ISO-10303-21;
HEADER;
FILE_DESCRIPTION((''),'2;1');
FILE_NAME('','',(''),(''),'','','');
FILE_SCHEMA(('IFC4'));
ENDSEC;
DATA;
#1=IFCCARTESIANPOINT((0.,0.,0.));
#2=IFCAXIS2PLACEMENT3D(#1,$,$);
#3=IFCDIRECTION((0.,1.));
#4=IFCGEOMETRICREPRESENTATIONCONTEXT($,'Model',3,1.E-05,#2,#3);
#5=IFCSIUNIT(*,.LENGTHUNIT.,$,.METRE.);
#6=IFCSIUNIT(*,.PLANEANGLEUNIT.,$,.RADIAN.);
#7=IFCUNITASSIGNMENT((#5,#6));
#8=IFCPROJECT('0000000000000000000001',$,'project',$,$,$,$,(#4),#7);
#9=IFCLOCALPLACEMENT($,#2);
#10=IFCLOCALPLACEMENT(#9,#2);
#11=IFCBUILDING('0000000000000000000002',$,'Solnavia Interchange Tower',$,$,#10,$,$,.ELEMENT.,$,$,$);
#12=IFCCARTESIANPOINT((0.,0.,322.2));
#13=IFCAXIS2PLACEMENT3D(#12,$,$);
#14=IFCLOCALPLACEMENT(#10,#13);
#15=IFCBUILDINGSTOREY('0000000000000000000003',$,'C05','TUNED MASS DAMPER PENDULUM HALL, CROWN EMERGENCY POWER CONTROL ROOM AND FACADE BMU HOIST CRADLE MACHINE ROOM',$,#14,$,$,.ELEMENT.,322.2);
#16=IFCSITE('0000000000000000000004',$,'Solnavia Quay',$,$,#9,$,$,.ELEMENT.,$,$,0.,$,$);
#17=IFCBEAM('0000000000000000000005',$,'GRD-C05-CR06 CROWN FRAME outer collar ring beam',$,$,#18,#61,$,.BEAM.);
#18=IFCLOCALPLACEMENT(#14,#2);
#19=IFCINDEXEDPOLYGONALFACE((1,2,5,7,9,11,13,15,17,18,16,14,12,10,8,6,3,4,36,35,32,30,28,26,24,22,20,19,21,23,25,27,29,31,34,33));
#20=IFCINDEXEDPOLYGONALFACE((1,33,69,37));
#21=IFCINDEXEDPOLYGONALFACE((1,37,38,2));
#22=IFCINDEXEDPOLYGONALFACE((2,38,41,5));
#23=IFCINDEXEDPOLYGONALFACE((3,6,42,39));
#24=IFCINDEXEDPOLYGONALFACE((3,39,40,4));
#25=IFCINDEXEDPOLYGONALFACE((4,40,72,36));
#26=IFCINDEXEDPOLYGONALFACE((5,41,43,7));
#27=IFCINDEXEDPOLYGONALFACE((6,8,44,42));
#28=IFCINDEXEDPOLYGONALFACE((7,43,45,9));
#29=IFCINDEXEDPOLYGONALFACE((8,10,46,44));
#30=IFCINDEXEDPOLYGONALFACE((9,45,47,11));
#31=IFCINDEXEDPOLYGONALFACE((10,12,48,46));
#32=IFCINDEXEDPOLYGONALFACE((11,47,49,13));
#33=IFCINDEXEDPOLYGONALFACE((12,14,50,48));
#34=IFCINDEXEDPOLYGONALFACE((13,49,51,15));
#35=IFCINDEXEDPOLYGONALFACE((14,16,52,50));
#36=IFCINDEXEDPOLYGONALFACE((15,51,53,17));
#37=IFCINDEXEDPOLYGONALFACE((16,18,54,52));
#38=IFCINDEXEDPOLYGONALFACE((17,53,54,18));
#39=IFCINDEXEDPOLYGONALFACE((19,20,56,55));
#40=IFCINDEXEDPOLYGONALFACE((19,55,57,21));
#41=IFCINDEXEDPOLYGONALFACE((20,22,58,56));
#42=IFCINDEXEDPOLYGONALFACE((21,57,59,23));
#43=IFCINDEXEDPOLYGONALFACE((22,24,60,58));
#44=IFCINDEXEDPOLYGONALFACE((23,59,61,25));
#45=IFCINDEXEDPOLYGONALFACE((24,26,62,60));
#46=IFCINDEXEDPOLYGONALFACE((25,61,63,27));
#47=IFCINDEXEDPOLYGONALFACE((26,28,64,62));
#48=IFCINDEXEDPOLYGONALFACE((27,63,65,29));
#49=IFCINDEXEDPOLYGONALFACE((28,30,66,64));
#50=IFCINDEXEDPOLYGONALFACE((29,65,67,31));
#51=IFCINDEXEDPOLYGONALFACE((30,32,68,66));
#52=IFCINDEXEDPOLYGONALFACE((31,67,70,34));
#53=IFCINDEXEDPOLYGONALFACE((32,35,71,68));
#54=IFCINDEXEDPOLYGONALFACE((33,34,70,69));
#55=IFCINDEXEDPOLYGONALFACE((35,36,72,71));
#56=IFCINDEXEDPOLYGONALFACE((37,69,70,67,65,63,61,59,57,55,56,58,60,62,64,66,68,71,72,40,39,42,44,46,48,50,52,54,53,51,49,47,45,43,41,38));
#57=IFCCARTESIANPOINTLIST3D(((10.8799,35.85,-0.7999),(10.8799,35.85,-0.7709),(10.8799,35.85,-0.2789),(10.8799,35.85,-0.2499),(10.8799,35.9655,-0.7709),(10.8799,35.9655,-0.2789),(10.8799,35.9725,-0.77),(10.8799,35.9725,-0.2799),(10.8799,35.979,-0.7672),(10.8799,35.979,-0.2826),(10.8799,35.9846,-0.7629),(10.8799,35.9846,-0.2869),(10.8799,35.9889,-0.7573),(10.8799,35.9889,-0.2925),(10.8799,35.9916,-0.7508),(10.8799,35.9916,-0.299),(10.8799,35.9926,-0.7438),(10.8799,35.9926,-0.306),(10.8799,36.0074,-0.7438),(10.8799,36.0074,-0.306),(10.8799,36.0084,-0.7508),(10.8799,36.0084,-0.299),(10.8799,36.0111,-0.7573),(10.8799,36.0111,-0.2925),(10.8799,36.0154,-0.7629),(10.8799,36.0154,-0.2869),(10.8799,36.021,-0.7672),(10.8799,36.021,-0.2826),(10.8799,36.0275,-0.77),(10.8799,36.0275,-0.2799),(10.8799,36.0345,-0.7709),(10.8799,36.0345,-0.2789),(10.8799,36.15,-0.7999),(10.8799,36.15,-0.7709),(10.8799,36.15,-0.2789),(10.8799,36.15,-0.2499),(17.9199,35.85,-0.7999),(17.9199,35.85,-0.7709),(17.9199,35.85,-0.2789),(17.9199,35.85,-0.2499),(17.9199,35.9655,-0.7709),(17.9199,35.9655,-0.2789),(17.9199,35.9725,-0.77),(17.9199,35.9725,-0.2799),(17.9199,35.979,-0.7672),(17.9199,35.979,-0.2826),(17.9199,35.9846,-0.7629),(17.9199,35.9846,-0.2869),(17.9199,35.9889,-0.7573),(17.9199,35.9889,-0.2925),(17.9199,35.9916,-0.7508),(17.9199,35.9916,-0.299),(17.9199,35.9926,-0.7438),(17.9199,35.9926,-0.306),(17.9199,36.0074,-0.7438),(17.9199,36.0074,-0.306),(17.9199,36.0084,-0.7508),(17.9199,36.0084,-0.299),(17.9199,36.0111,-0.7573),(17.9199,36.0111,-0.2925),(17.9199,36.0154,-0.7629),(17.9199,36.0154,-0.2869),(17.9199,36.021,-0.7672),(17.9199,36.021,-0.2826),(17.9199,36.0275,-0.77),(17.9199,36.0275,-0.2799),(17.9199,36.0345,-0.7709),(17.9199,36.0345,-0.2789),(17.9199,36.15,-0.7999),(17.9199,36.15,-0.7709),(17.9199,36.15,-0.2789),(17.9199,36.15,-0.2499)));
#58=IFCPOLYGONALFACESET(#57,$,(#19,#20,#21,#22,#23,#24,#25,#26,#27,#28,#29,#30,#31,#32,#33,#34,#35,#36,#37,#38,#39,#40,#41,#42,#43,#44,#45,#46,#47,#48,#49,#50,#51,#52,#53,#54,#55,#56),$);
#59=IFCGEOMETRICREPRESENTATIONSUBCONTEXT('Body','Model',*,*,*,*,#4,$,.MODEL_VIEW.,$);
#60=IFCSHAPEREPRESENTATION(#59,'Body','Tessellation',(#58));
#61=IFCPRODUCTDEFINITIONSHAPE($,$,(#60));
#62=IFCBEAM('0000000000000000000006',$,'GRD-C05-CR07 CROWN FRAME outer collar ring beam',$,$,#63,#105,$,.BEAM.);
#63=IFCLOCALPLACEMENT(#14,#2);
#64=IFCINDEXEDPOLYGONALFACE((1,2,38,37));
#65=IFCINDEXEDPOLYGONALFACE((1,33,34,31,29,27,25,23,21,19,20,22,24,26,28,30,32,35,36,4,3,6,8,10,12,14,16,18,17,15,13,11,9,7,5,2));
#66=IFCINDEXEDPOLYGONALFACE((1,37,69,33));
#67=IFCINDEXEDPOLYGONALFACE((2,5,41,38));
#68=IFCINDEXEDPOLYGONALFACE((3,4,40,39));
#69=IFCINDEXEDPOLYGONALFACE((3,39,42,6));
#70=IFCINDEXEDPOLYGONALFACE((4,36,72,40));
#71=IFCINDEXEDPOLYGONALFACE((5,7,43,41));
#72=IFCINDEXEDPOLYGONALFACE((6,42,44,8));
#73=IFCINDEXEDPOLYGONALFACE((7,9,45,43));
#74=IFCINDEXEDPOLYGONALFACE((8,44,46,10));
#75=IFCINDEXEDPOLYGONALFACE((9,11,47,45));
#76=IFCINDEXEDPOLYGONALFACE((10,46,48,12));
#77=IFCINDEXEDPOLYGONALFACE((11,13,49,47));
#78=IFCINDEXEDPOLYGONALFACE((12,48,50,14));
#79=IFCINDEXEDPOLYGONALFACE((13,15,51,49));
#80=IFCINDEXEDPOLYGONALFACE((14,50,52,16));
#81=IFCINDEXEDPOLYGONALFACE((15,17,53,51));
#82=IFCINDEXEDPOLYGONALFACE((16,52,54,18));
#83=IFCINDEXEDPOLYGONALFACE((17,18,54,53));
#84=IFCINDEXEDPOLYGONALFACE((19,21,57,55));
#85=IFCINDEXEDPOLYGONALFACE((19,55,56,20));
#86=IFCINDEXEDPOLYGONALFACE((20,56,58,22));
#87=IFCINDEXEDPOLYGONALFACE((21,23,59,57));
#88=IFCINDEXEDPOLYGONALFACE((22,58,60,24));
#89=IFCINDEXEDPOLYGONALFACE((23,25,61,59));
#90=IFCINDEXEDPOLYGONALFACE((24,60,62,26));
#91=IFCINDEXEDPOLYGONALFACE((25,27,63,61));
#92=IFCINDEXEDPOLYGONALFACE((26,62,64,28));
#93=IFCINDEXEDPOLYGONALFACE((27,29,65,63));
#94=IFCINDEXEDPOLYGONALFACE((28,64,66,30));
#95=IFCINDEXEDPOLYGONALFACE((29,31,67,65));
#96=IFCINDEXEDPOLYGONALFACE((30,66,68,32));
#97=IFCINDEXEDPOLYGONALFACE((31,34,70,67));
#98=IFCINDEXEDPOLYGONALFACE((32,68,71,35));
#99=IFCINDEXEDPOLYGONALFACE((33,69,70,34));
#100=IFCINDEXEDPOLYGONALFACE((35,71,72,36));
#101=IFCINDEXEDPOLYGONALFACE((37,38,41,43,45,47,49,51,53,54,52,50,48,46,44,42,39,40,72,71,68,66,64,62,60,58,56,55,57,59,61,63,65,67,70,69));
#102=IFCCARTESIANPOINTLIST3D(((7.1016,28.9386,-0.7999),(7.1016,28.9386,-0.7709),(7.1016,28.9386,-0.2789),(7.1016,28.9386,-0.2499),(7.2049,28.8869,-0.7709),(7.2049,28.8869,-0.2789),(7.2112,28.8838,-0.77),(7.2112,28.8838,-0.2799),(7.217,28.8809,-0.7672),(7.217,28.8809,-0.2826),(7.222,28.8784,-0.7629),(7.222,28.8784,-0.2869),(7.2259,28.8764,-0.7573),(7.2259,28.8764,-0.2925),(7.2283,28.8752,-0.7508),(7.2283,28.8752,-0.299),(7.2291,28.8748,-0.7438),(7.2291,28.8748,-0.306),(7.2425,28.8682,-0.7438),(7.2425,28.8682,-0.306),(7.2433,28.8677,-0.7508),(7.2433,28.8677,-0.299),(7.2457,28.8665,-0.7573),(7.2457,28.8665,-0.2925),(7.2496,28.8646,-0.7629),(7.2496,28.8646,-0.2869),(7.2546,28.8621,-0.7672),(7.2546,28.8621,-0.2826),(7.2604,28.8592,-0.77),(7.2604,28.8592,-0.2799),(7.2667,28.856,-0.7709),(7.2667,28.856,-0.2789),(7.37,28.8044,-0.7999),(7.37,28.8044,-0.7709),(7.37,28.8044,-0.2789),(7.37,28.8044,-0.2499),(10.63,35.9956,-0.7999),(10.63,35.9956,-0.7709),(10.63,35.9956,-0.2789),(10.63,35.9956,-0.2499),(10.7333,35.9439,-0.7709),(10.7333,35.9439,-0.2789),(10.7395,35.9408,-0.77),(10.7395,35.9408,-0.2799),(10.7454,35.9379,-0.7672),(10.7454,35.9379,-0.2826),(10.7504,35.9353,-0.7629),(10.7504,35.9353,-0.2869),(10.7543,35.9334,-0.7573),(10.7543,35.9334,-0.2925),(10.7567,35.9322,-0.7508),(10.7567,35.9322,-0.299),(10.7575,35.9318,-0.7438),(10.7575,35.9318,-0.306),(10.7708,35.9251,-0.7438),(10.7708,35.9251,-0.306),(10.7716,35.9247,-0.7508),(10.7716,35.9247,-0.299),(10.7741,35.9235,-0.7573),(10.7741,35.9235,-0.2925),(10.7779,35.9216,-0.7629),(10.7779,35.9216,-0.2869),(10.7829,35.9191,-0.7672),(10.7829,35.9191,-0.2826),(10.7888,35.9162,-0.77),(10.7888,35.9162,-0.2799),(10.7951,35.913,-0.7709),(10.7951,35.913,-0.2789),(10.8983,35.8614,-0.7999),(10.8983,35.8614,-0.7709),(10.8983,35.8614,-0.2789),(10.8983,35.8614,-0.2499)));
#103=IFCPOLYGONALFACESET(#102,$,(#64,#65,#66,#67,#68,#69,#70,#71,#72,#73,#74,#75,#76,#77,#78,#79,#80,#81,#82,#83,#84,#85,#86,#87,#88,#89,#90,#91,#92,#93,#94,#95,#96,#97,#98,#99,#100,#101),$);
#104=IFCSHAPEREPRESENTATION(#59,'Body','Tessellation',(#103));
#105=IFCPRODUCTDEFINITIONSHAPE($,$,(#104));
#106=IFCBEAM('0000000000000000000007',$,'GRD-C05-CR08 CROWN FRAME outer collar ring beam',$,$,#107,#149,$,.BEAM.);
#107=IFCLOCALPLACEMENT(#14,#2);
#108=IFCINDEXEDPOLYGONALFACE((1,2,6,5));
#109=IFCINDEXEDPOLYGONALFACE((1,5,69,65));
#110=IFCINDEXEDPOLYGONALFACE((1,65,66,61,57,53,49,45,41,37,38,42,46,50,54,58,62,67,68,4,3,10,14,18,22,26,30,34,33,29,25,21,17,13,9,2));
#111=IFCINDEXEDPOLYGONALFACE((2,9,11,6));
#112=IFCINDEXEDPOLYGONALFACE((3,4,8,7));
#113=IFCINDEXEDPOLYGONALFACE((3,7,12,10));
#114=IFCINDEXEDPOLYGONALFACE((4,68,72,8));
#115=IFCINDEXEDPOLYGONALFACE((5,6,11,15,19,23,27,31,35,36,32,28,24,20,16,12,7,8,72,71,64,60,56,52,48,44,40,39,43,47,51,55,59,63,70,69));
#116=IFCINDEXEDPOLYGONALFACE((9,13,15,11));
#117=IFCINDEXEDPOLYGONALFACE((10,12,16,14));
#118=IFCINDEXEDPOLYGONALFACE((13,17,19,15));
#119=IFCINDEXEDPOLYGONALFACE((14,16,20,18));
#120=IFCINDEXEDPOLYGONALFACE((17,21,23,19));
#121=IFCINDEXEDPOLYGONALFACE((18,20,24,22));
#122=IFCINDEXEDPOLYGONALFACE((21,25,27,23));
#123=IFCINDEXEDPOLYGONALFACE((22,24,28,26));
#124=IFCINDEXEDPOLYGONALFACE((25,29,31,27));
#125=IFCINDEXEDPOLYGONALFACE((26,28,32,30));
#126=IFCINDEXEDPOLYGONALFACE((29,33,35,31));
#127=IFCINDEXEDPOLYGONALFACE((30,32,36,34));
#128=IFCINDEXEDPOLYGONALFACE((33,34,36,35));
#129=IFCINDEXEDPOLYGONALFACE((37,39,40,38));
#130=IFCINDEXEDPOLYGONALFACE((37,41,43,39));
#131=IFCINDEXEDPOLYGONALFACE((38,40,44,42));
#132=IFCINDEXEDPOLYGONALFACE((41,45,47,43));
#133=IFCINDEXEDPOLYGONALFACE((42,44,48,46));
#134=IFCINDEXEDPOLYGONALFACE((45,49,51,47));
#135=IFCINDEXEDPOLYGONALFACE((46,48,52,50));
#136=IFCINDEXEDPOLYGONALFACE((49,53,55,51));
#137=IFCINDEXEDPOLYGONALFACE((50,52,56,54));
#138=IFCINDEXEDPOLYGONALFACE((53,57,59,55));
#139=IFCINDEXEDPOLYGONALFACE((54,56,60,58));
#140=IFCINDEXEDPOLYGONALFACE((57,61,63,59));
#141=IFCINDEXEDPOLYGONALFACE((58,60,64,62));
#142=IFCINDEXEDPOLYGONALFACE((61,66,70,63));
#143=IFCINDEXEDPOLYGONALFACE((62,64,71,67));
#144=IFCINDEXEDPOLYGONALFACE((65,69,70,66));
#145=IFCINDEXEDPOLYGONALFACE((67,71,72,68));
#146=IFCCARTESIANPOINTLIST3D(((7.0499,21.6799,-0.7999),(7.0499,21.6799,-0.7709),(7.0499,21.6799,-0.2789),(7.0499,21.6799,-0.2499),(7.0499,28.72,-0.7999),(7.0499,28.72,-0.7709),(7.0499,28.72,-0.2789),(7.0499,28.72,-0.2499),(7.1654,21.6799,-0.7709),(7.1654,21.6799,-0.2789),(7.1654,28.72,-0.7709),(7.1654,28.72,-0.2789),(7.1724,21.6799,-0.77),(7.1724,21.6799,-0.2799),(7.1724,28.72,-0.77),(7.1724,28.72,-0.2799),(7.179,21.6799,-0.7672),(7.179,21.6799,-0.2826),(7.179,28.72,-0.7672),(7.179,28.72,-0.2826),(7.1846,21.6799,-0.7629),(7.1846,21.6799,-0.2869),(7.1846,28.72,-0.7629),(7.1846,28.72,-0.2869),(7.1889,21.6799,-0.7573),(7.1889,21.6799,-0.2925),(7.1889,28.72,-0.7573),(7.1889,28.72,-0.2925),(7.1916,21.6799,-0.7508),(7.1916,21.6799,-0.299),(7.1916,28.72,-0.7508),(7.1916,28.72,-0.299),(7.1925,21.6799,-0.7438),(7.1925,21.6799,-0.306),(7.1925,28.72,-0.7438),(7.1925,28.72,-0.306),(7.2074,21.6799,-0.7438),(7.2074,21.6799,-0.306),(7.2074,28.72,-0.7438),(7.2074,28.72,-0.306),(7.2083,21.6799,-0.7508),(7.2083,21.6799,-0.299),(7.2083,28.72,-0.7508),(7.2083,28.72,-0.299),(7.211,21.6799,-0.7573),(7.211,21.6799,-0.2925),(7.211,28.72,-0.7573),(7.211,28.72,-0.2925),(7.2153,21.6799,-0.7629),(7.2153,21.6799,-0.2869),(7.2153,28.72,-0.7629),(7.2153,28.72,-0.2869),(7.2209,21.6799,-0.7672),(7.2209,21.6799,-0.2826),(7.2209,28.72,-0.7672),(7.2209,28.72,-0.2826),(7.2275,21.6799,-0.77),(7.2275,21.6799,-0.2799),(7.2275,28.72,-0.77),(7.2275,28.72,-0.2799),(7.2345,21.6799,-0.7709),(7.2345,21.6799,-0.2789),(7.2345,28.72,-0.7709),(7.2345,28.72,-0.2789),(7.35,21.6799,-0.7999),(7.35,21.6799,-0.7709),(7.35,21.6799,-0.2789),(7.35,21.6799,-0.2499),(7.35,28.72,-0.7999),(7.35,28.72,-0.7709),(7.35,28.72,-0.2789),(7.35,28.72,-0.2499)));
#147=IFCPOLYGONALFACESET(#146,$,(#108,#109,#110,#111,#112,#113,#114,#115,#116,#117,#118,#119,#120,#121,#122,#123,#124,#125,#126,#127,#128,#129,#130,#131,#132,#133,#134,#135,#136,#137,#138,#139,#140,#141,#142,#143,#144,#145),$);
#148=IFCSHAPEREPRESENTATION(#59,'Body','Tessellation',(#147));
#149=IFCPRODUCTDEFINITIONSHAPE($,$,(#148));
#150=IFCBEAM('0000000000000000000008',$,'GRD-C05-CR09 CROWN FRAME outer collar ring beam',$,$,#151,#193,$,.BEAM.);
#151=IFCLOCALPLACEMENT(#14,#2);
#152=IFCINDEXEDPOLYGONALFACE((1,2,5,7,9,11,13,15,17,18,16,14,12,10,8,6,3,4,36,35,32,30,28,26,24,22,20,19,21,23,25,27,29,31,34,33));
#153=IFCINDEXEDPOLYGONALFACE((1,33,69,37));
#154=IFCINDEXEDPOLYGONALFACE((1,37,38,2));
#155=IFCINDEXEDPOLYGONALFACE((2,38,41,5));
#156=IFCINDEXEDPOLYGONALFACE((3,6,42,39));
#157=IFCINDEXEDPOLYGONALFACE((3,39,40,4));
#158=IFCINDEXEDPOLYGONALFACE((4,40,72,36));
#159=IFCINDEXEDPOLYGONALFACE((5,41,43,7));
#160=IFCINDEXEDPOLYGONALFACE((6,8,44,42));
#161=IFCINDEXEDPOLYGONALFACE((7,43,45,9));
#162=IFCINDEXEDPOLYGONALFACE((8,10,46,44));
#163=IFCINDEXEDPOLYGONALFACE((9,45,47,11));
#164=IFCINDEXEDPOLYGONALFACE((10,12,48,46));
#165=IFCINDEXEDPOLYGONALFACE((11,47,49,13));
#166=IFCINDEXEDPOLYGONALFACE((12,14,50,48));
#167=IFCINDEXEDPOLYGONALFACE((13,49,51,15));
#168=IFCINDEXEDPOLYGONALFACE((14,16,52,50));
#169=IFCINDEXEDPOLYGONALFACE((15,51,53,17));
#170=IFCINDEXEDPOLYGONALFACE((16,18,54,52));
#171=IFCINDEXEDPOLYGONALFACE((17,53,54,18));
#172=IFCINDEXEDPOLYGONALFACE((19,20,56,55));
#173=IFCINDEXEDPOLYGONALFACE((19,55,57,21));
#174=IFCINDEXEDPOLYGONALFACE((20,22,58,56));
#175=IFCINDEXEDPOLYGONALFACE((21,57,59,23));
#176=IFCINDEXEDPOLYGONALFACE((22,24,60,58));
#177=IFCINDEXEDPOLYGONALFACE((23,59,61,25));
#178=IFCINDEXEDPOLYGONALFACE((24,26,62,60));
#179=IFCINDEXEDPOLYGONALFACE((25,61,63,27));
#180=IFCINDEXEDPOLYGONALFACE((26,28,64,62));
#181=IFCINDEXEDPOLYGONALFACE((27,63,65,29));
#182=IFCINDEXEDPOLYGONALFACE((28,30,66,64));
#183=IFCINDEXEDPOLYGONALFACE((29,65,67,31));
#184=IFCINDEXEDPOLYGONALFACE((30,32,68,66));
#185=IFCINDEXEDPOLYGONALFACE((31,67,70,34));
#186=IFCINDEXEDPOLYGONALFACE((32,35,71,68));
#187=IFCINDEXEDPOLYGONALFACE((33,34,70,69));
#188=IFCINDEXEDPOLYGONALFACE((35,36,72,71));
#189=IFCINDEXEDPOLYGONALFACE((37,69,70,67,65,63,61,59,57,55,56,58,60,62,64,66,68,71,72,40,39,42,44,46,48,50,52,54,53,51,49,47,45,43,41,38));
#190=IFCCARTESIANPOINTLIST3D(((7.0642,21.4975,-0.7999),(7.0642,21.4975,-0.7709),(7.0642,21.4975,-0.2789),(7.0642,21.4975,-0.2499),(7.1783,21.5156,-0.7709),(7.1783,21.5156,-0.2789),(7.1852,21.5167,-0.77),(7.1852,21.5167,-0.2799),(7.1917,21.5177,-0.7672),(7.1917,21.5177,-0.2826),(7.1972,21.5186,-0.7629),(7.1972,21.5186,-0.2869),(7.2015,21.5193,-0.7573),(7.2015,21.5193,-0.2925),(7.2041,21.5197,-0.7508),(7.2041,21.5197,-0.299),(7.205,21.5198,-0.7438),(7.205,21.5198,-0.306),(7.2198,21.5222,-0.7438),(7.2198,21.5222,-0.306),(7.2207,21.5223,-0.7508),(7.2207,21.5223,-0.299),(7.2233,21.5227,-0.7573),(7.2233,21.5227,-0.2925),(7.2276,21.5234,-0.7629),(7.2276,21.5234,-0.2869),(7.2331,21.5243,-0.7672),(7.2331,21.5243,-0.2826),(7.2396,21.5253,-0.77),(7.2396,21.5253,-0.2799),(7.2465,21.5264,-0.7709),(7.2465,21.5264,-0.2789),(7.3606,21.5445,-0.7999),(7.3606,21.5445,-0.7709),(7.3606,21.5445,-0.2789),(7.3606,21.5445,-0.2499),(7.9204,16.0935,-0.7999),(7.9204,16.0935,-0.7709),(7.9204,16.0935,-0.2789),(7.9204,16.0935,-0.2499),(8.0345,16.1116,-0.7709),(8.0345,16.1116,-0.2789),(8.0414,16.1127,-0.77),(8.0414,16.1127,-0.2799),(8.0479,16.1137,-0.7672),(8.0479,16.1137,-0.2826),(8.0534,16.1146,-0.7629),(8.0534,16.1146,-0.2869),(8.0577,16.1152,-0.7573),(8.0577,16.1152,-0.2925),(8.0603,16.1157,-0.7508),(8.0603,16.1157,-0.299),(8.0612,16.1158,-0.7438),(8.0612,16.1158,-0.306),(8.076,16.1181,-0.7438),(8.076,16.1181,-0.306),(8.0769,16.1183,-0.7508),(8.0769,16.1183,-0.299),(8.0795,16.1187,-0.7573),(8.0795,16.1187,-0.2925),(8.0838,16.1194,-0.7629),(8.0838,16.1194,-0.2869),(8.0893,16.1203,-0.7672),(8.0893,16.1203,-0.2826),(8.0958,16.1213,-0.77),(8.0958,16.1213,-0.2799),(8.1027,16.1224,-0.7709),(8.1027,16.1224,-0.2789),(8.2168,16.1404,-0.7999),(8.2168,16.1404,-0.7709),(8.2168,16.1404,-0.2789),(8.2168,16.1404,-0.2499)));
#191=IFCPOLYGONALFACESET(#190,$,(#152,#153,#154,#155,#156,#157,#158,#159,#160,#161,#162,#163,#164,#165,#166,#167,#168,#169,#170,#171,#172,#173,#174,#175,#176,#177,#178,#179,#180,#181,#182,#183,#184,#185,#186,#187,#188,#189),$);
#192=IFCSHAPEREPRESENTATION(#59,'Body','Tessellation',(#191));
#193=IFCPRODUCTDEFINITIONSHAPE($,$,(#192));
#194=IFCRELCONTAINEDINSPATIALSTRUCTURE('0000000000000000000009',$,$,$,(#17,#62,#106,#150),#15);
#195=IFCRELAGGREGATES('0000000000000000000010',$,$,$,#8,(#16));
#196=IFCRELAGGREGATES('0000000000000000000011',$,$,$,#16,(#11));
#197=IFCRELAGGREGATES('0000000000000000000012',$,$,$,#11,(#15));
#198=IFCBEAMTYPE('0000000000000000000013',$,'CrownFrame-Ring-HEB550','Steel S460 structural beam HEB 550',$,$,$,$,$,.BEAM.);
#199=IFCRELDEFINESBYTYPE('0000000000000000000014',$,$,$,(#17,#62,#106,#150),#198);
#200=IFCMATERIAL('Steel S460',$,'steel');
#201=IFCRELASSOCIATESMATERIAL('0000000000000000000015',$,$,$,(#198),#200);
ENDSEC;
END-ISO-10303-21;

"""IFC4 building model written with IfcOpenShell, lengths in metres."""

from ifc_helpers import new_model, si_unit, direction, frame, origin, origin_2d, place, context, subcontext, project, spatial, i_section, extrude, material, material_profile, profile_set, type_object, element, save


model = new_model("IFC4")

# Units and contexts
model_context = context("Model", 3, precision=1e-05, world=origin(), true_north=direction((0.0, 1.0)))
body_context = subcontext(model_context, "Body", "Model", "MODEL_VIEW")
ifc_project = project(units=[si_unit("LENGTHUNIT", "METRE"), si_unit("PLANEANGLEUNIT", "RADIAN")], contexts=[model_context])

# Site, building, storey
site_placement = place(None, origin())
site = spatial("IfcSite", under=ifc_project, at=site_placement, Name="Solnavia Quay", CompositionType="ELEMENT", RefElevation=0.0)
building_placement = place(site_placement, origin())
building = spatial("IfcBuilding", under=site, at=building_placement, Name="Solnavia Interchange Tower", CompositionType="ELEMENT")
storey_placement = place(building_placement, frame((0.0, 0.0, 322.2)))
storey = spatial("IfcBuildingStorey", under=building, at=storey_placement, Name="C05", Description="TUNED MASS DAMPER PENDULUM HALL, CROWN EMERGENCY POWER CONTROL ROOM AND FACADE BMU HOIST CRADLE MACHINE ROOM", CompositionType="ELEMENT", Elevation=322.2)

# Shared definitions
ifc_material_1 = material(Name="Steel S460", Category="steel")

# Beams
ifc_material_profile_1 = material_profile(ifc_material_1, i_section(OverallWidth=0.3, OverallDepth=0.55, WebThickness=0.0149, FlangeThickness=0.0291, FilletRadius=0.0271, at=origin_2d()), Name="HEB 550")
ifc_profile_set_1 = profile_set([ifc_material_profile_1], Name="Steel S460")
beam_type_1 = type_object("IfcBeamType", Name="CrownFrame-Ring-HEB550", Description="Steel S460 structural beam HEB 550", PredefinedType="BEAM", material=ifc_profile_set_1)
beam_1_placement = place(storey_placement, frame((17.9199, 36.0, -0.5249), z_axis=(-1.0, 0.0, 0.0), x_axis=(0.0, -1.0, 0.0)))
element("IfcBeam", 1, at=beam_1_placement, inside=storey, type_object=beam_type_1, Name="GRD-C05-CR06 CROWN FRAME outer collar ring beam", PredefinedType="BEAM", context=body_context, shape_type="SweptSolid", body=[
    extrude(i_section(OverallWidth=0.3, OverallDepth=0.55, WebThickness=0.0149, FlangeThickness=0.0291, FilletRadius=0.0271, at=origin_2d()), origin(), (0.0, 0.0, 1.0), 7.04),
])
beam_2_placement = place(storey_placement, frame((10.7642, 35.9285, -0.5249), z_axis=(-0.447201, -0.894433, 0.0), x_axis=(0.894433, -0.447201, 0.0)))
element("IfcBeam", 2, at=beam_2_placement, inside=storey, type_object=beam_type_1, Name="GRD-C05-CR07 CROWN FRAME outer collar ring beam", PredefinedType="BEAM", context=body_context, shape_type="SweptSolid", body=[
    extrude(i_section(OverallWidth=0.3, OverallDepth=0.55, WebThickness=0.0149, FlangeThickness=0.0291, FilletRadius=0.0271, at=origin_2d()), origin(), (0.0, 0.0, 1.0), 7.8899),
])
beam_3_placement = place(storey_placement, frame((7.2, 28.72, -0.5249), z_axis=(0.0, -1.0, 0.0), x_axis=(1.0, 0.0, 0.0)))
element("IfcBeam", 3, at=beam_3_placement, inside=storey, type_object=beam_type_1, Name="GRD-C05-CR08 CROWN FRAME outer collar ring beam", PredefinedType="BEAM", context=body_context, shape_type="SweptSolid", body=[
    extrude(i_section(OverallWidth=0.3, OverallDepth=0.55, WebThickness=0.0149, FlangeThickness=0.0291, FilletRadius=0.0271, at=origin_2d()), origin(), (0.0, 0.0, 1.0), 7.04),
])
beam_4_placement = place(storey_placement, frame((7.2124, 21.521, -0.5249), z_axis=(0.156485, -0.98768, 0.0), x_axis=(0.98768, 0.156485, 0.0)))
element("IfcBeam", 4, at=beam_4_placement, inside=storey, type_object=beam_type_1, Name="GRD-C05-CR09 CROWN FRAME outer collar ring beam", PredefinedType="BEAM", context=body_context, shape_type="SweptSolid", body=[
    extrude(i_section(OverallWidth=0.3, OverallDepth=0.55, WebThickness=0.0149, FlangeThickness=0.0291, FilletRadius=0.0271, at=origin_2d()), origin(), (0.0, 0.0, 1.0), 5.4714),
])

save(model, "model.ifc")
